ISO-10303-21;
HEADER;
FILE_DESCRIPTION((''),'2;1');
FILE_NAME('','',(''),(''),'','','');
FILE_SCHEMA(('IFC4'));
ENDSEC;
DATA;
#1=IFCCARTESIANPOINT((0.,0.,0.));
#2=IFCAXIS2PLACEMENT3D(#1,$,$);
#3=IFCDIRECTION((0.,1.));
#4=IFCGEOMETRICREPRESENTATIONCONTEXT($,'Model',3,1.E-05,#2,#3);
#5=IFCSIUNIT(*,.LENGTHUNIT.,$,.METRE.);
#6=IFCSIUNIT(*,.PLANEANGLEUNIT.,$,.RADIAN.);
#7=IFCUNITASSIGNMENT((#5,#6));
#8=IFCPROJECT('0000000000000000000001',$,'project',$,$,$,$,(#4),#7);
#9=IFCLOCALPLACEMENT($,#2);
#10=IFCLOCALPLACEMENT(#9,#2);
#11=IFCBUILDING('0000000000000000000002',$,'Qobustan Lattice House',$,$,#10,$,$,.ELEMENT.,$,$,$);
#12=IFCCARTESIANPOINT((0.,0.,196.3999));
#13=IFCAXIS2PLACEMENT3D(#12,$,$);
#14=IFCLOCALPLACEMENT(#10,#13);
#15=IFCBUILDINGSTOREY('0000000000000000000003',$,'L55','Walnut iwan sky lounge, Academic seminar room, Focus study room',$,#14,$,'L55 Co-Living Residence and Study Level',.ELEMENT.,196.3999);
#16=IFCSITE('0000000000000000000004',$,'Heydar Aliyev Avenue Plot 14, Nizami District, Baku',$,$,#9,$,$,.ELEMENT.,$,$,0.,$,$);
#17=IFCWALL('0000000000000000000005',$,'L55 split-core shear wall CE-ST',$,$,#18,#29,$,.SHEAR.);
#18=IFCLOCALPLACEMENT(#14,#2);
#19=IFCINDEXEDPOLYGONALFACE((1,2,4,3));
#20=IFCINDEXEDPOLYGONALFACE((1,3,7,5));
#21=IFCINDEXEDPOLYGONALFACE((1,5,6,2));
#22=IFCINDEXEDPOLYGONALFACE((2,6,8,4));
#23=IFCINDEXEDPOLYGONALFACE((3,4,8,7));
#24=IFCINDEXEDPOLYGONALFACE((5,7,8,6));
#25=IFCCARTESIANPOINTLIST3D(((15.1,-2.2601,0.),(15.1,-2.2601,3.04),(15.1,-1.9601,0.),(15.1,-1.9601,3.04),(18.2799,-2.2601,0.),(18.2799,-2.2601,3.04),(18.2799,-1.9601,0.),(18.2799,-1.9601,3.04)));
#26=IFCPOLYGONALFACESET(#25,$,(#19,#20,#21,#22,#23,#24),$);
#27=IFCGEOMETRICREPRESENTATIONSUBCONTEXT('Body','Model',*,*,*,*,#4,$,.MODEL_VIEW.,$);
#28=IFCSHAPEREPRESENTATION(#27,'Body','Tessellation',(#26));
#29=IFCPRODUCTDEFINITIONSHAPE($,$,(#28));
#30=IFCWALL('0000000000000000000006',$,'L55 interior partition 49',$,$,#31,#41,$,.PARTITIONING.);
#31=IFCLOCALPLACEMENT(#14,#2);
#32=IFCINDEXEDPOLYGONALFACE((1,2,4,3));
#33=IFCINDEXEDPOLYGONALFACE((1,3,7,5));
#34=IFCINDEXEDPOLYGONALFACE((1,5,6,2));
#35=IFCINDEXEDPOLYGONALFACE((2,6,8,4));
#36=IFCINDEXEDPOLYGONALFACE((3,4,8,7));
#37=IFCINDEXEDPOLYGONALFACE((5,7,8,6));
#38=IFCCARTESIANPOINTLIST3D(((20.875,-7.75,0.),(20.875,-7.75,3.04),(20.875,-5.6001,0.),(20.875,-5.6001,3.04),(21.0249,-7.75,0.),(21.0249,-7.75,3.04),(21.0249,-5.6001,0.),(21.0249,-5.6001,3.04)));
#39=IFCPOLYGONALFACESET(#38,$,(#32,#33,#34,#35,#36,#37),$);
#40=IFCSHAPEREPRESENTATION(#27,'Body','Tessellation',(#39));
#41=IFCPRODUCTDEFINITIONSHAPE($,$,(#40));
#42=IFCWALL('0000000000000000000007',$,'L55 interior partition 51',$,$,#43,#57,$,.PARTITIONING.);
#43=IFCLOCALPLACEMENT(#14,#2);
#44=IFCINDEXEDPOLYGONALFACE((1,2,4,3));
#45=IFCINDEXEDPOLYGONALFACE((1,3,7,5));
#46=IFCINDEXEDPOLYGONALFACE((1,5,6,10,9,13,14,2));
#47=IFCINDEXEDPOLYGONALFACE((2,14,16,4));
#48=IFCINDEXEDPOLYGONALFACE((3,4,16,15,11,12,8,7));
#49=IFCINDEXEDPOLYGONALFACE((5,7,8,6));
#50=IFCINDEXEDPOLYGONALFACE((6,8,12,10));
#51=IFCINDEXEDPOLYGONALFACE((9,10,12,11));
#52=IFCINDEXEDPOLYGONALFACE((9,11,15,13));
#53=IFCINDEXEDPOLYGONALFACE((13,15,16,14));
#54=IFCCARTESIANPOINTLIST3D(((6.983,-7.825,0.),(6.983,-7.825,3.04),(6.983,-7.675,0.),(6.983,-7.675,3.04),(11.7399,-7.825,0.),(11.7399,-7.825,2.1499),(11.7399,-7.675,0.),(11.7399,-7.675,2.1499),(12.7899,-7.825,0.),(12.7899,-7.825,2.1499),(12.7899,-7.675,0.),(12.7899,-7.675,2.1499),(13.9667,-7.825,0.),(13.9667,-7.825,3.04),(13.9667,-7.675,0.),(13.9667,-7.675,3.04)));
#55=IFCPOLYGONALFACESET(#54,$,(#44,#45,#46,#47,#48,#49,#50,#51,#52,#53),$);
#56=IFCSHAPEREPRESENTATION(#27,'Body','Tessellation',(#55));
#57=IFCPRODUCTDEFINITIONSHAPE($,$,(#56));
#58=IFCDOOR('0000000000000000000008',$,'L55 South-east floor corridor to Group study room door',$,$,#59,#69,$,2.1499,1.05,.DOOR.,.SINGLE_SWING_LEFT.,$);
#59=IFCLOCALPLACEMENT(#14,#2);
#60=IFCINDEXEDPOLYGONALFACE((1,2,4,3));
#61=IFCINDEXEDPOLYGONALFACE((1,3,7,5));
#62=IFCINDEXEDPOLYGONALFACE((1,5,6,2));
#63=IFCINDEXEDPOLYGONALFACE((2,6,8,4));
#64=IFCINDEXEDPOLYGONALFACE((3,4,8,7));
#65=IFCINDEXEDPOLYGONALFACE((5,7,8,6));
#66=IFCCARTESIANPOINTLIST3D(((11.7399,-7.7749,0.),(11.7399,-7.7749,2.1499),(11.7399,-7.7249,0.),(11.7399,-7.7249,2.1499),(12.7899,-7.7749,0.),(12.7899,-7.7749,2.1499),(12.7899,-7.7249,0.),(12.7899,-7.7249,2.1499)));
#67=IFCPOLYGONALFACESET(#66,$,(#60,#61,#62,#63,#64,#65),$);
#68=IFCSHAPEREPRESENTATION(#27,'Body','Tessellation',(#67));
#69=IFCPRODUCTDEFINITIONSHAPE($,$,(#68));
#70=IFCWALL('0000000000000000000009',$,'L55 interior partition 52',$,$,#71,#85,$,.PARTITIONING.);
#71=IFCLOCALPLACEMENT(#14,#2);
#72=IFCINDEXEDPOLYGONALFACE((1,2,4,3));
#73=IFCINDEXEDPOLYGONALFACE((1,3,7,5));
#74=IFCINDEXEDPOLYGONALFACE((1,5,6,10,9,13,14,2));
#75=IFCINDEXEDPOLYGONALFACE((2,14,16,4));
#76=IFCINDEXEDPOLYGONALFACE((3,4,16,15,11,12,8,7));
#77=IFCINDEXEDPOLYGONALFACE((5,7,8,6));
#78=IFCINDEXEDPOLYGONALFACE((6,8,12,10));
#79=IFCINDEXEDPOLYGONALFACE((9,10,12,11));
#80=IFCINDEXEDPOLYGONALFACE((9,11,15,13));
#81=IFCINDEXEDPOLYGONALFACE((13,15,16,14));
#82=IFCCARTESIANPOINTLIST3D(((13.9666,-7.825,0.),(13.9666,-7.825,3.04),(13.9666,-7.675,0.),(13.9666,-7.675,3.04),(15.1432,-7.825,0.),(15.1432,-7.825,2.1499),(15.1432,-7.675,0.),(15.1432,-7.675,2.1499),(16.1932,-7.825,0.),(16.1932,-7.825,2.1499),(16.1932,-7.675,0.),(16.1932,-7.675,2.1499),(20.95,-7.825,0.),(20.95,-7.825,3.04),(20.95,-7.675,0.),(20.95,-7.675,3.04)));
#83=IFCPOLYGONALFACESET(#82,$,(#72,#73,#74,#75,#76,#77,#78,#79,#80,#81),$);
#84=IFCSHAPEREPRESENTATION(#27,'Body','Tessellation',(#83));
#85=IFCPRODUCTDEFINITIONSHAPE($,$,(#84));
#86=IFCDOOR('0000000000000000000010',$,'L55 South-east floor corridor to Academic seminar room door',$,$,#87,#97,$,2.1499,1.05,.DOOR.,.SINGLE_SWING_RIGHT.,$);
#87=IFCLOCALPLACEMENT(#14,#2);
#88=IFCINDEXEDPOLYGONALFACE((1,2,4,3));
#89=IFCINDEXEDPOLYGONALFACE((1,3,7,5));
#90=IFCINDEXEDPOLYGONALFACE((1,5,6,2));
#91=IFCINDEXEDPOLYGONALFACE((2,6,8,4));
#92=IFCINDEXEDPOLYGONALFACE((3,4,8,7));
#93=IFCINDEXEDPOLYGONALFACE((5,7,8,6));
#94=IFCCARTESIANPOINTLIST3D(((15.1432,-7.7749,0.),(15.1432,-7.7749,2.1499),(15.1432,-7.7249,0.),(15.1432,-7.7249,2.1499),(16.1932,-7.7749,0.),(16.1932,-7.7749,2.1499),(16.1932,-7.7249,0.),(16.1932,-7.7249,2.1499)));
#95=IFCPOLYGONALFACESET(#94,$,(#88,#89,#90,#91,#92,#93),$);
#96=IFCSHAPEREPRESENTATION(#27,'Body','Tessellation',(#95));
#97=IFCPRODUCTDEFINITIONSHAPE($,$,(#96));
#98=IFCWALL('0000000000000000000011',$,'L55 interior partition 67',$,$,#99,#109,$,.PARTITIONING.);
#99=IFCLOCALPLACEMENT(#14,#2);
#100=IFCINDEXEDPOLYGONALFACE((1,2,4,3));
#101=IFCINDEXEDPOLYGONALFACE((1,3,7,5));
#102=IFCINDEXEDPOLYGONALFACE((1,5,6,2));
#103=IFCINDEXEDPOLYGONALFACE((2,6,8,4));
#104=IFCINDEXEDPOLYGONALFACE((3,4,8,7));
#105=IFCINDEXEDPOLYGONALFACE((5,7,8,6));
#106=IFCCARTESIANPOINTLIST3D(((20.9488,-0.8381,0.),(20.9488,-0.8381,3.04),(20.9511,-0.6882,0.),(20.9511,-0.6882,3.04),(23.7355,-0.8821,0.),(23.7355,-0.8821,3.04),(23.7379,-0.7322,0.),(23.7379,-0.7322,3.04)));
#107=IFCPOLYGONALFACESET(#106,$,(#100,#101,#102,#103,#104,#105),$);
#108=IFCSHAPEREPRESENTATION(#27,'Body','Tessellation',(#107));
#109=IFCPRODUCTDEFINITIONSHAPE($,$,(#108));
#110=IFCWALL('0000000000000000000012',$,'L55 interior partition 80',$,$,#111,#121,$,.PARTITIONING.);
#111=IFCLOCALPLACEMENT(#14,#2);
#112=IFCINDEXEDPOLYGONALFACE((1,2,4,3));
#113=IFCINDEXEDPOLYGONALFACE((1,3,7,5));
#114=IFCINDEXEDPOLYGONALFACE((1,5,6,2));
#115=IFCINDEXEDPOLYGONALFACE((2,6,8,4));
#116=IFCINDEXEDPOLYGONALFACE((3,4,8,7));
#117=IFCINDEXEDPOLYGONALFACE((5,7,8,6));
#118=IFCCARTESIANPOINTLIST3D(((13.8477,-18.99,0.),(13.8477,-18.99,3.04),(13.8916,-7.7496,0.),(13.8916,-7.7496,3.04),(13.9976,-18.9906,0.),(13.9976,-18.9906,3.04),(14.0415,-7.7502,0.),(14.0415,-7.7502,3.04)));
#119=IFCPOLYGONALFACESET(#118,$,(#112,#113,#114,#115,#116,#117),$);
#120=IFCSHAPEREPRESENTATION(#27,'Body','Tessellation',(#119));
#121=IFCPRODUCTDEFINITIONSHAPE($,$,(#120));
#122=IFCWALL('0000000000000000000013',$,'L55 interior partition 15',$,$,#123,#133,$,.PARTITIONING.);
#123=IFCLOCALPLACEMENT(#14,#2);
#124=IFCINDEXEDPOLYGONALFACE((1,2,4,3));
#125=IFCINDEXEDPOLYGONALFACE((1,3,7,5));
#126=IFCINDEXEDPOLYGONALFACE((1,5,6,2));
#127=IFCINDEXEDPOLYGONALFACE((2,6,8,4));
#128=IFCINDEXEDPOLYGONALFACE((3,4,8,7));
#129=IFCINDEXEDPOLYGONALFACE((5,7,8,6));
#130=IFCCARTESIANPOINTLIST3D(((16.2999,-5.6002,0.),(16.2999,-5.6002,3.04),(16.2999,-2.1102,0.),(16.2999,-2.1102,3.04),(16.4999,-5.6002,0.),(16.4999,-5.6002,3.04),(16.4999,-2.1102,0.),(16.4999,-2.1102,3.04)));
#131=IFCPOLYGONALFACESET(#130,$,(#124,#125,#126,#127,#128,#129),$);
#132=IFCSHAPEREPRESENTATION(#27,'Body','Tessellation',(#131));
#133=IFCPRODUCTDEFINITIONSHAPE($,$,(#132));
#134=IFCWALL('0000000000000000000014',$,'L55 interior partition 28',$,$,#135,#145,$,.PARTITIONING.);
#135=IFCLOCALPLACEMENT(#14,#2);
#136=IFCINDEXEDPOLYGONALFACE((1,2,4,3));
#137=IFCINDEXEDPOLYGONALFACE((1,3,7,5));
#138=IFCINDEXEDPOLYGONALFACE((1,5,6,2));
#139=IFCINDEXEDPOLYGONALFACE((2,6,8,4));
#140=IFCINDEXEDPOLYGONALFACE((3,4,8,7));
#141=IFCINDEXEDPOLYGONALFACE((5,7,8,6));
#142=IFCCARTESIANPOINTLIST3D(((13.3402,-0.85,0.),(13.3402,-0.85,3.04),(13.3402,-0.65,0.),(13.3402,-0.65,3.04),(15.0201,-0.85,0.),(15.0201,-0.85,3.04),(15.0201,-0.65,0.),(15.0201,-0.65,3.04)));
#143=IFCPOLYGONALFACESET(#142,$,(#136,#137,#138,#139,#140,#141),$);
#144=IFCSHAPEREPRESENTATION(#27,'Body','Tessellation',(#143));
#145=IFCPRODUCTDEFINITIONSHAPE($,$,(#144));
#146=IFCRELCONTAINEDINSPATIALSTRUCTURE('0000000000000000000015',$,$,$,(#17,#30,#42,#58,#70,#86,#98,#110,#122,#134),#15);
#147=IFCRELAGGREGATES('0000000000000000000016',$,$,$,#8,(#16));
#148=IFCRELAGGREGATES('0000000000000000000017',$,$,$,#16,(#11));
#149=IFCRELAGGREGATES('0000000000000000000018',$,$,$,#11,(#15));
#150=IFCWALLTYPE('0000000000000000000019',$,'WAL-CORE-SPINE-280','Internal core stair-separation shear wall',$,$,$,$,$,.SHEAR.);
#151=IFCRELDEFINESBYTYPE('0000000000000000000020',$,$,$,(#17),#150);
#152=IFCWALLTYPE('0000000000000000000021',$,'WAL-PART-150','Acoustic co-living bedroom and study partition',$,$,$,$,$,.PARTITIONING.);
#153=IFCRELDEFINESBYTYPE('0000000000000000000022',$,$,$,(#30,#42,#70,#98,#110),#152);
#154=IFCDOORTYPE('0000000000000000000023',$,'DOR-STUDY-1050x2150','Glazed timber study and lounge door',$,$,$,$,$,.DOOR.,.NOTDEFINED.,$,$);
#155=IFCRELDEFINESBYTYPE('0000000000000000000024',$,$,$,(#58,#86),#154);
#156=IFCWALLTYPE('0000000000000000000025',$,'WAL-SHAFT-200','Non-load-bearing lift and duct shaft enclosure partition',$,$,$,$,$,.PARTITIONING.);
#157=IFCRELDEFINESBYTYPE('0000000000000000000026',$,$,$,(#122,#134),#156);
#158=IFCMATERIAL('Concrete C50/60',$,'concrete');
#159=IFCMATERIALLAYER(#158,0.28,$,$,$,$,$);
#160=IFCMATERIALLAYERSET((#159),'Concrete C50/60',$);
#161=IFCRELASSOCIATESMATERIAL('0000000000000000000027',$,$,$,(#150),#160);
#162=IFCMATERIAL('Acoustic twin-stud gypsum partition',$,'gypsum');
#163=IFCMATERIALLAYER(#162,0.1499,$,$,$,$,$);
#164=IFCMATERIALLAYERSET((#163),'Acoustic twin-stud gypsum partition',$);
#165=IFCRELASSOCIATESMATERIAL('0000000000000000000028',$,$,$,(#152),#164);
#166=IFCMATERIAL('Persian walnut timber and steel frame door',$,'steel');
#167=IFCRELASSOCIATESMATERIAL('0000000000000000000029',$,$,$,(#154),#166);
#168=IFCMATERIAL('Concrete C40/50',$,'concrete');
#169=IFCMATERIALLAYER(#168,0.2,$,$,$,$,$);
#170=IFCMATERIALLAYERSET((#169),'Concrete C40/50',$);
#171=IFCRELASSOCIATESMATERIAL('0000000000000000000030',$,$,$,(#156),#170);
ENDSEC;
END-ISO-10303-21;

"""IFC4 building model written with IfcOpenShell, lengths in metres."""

from ifc_helpers import new_model, si_unit, direction, frame, frame_2d, origin, place, context, subcontext, project, spatial, rectangle, extrude, material, layer, layer_set, type_object, element, fill, save


model = new_model("IFC4")

# Units and contexts
model_context = context("Model", 3, precision=1e-05, world=origin(), true_north=direction((0.0, 1.0)))
body_context = subcontext(model_context, "Body", "Model", "MODEL_VIEW")
ifc_project = project(units=[si_unit("LENGTHUNIT", "METRE"), si_unit("PLANEANGLEUNIT", "RADIAN")], contexts=[model_context])

# Site, building, storey
site_placement = place(None, origin())
site = spatial("IfcSite", under=ifc_project, at=site_placement, Name="Heydar Aliyev Avenue Plot 14, Nizami District, Baku", CompositionType="ELEMENT", RefElevation=0.0)
building_placement = place(site_placement, origin())
building = spatial("IfcBuilding", under=site, at=building_placement, Name="Qobustan Lattice House", CompositionType="ELEMENT")
storey_placement = place(building_placement, frame((0.0, 0.0, 196.3999)))
storey = spatial("IfcBuildingStorey", under=building, at=storey_placement, Name="L55", Description="Walnut iwan sky lounge, Academic seminar room, Focus study room", LongName="L55 Co-Living Residence and Study Level", CompositionType="ELEMENT", Elevation=196.3999)

# Walls
ifc_material_1 = material(Name="Concrete C50/60", Category="concrete")
ifc_layer_1 = layer(ifc_material_1, 0.28)
ifc_layer_set_1 = layer_set([ifc_layer_1], Name="Concrete C50/60")
wall_type_1 = type_object("IfcWallType", Name="WAL-CORE-SPINE-280", Description="Internal core stair-separation shear wall", PredefinedType="SHEAR", material=ifc_layer_set_1)
wall_1_placement = place(storey_placement, frame((15.1001, -2.1101, 0.0), z_axis=(0.0, 0.0, 1.0), x_axis=(1.0, 0.0, 0.0)))
element("IfcWall", 1, at=wall_1_placement, inside=storey, type_object=wall_type_1, Name="L55 split-core shear wall CE-ST", PredefinedType="SHEAR", context=body_context, shape_type="SweptSolid", body=[
    extrude(rectangle(XDim=3.1799, YDim=0.3, at=frame_2d((1.5898, 0.0))), origin(), (0.0, 0.0, 1.0), 3.04),
])
ifc_material_2 = material(Name="Acoustic twin-stud gypsum partition", Category="gypsum")
ifc_layer_2 = layer(ifc_material_2, 0.1499)
ifc_layer_set_2 = layer_set([ifc_layer_2], Name="Acoustic twin-stud gypsum partition")
wall_type_2 = type_object("IfcWallType", Name="WAL-PART-150", Description="Acoustic co-living bedroom and study partition", PredefinedType="PARTITIONING", material=ifc_layer_set_2)
wall_2_placement = place(storey_placement, frame((20.95, -5.6001, 0.0), z_axis=(0.0, 0.0, 1.0), x_axis=(0.0, -1.0, 0.0)))
element("IfcWall", 2, at=wall_2_placement, inside=storey, type_object=wall_type_2, Name="L55 interior partition 49", PredefinedType="PARTITIONING", context=body_context, shape_type="SweptSolid", body=[
    extrude(rectangle(XDim=2.1499, YDim=0.1499, at=frame_2d((1.075, 0.0))), origin(), (0.0, 0.0, 1.0), 3.04),
])

# Walls, openings, doors
wall_3_placement = place(storey_placement, frame((13.9666, -7.75, 0.0), z_axis=(0.0, 0.0, 1.0), x_axis=(-1.0, 0.0, 0.0)))
wall_3 = element("IfcWall", 3, at=wall_3_placement, inside=storey, type_object=wall_type_2, Name="L55 interior partition 51", PredefinedType="PARTITIONING", context=body_context, shape_type="SweptSolid", body=[
    extrude(rectangle(XDim=6.9836, YDim=0.1499, at=frame_2d((3.4917, 0.0))), origin(), (0.0, 0.0, 1.0), 3.04),
])
opening_1_placement = place(wall_3_placement, frame((1.1768, 0.0, 0.0)))
opening_1 = element("IfcOpeningElement", 4, at=opening_1_placement, cuts=wall_3, PredefinedType="OPENING", context=body_context, shape_type="SweptSolid", body=[
    extrude(rectangle(XDim=1.05, YDim=2.1499, at=frame_2d((0.5249, 1.075))), frame((0.0, 0.085, 0.0), z_axis=(0.0, -1.0, 0.0), x_axis=(1.0, 0.0, 0.0)), (0.0, 0.0, 1.0), 0.1699),
])
ifc_material_3 = material(Name="Persian walnut timber and steel frame door", Category="steel")
door_type = type_object("IfcDoorType", Name="DOR-STUDY-1050x2150", Description="Glazed timber study and lounge door", OperationType="NOTDEFINED", PredefinedType="DOOR", material=ifc_material_3)
door_1_placement = place(opening_1_placement, origin())
door_1 = element("IfcDoor", 5, at=door_1_placement, inside=storey, type_object=door_type, Name="L55 South-east floor corridor to Group study room door", OperationType="SINGLE_SWING_LEFT", OverallHeight=2.1499, OverallWidth=1.05, PredefinedType="DOOR", context=body_context, shape_type="SweptSolid", body=[
    extrude(rectangle(XDim=1.05, YDim=2.1499, at=frame_2d((0.5249, 1.075))), frame((0.0, 0.0249, 0.0), z_axis=(0.0, -1.0, 0.0), x_axis=(1.0, 0.0, 0.0)), (0.0, 0.0, 1.0), 0.05),
])
fill(opening_1, door_1)
wall_4_placement = place(storey_placement, frame((20.95, -7.75, 0.0), z_axis=(0.0, 0.0, 1.0), x_axis=(-1.0, 0.0, 0.0)))
wall_4 = element("IfcWall", 6, at=wall_4_placement, inside=storey, type_object=wall_type_2, Name="L55 interior partition 52", PredefinedType="PARTITIONING", context=body_context, shape_type="SweptSolid", body=[
    extrude(rectangle(XDim=6.9834, YDim=0.1499, at=frame_2d((3.4917, 0.0))), origin(), (0.0, 0.0, 1.0), 3.04),
])
opening_2_placement = place(wall_4_placement, frame((4.7568, 0.0, 0.0)))
opening_2 = element("IfcOpeningElement", 7, at=opening_2_placement, cuts=wall_4, PredefinedType="OPENING", context=body_context, shape_type="SweptSolid", body=[
    extrude(rectangle(XDim=1.05, YDim=2.1499, at=frame_2d((0.5249, 1.075))), frame((0.0, 0.085, 0.0), z_axis=(0.0, -1.0, 0.0), x_axis=(1.0, 0.0, 0.0)), (0.0, 0.0, 1.0), 0.1699),
])
door_2_placement = place(opening_2_placement, origin())
door_2 = element("IfcDoor", 8, at=door_2_placement, inside=storey, type_object=door_type, Name="L55 South-east floor corridor to Academic seminar room door", OperationType="SINGLE_SWING_RIGHT", OverallHeight=2.1499, OverallWidth=1.05, PredefinedType="DOOR", context=body_context, shape_type="SweptSolid", body=[
    extrude(rectangle(XDim=1.05, YDim=2.1499, at=frame_2d((0.5249, 1.075))), frame((0.0, 0.0249, 0.0), z_axis=(0.0, -1.0, 0.0), x_axis=(1.0, 0.0, 0.0)), (0.0, 0.0, 1.0), 0.05),
])
fill(opening_2, door_2)

# Walls
wall_5_placement = place(storey_placement, frame((20.95, -0.7632, 0.0), z_axis=(0.0, 0.0, 1.0), x_axis=(0.999876, -0.015767, 0.0)))
element("IfcWall", 9, at=wall_5_placement, inside=storey, type_object=wall_type_2, Name="L55 interior partition 67", PredefinedType="PARTITIONING", context=body_context, shape_type="SweptSolid", body=[
    extrude(rectangle(XDim=2.7871, YDim=0.1499, at=frame_2d((1.3936, 0.0))), origin(), (0.0, 0.0, 1.0), 3.04),
])
wall_6_placement = place(storey_placement, frame((13.9666, -7.75, 0.0), z_axis=(0.0, 0.0, 1.0), x_axis=(-0.00391, -0.999992, 0.0)))
element("IfcWall", 10, at=wall_6_placement, inside=storey, type_object=wall_type_2, Name="L55 interior partition 80", PredefinedType="PARTITIONING", context=body_context, shape_type="SweptSolid", body=[
    extrude(rectangle(XDim=11.2405, YDim=0.1499, at=frame_2d((5.6201, 0.0))), origin(), (0.0, 0.0, 1.0), 3.04),
])
ifc_material_4 = material(Name="Concrete C40/50", Category="concrete")
ifc_layer_3 = layer(ifc_material_4, 0.2)
ifc_layer_set_3 = layer_set([ifc_layer_3], Name="Concrete C40/50")
wall_type_3 = type_object("IfcWallType", Name="WAL-SHAFT-200", Description="Non-load-bearing lift and duct shaft enclosure partition", PredefinedType="PARTITIONING", material=ifc_layer_set_3)
wall_7_placement = place(storey_placement, frame((16.3999, -2.1101, 0.0), z_axis=(0.0, 0.0, 1.0), x_axis=(0.0, -1.0, 0.0)))
element("IfcWall", 11, at=wall_7_placement, inside=storey, type_object=wall_type_3, Name="L55 interior partition 15", PredefinedType="PARTITIONING", context=body_context, shape_type="SweptSolid", body=[
    extrude(rectangle(XDim=3.49, YDim=0.2, at=frame_2d((1.7451, 0.0))), origin(), (0.0, 0.0, 1.0), 3.04),
])
wall_8_placement = place(storey_placement, frame((15.02, -0.75, 0.0), z_axis=(0.0, 0.0, 1.0), x_axis=(-1.0, 0.0, 0.0)))
element("IfcWall", 12, at=wall_8_placement, inside=storey, type_object=wall_type_3, Name="L55 interior partition 28", PredefinedType="PARTITIONING", context=body_context, shape_type="SweptSolid", body=[
    extrude(rectangle(XDim=1.6799, YDim=0.2, at=frame_2d((0.8398, 0.0))), origin(), (0.0, 0.0, 1.0), 3.04),
])

save(model, "model.ifc")
